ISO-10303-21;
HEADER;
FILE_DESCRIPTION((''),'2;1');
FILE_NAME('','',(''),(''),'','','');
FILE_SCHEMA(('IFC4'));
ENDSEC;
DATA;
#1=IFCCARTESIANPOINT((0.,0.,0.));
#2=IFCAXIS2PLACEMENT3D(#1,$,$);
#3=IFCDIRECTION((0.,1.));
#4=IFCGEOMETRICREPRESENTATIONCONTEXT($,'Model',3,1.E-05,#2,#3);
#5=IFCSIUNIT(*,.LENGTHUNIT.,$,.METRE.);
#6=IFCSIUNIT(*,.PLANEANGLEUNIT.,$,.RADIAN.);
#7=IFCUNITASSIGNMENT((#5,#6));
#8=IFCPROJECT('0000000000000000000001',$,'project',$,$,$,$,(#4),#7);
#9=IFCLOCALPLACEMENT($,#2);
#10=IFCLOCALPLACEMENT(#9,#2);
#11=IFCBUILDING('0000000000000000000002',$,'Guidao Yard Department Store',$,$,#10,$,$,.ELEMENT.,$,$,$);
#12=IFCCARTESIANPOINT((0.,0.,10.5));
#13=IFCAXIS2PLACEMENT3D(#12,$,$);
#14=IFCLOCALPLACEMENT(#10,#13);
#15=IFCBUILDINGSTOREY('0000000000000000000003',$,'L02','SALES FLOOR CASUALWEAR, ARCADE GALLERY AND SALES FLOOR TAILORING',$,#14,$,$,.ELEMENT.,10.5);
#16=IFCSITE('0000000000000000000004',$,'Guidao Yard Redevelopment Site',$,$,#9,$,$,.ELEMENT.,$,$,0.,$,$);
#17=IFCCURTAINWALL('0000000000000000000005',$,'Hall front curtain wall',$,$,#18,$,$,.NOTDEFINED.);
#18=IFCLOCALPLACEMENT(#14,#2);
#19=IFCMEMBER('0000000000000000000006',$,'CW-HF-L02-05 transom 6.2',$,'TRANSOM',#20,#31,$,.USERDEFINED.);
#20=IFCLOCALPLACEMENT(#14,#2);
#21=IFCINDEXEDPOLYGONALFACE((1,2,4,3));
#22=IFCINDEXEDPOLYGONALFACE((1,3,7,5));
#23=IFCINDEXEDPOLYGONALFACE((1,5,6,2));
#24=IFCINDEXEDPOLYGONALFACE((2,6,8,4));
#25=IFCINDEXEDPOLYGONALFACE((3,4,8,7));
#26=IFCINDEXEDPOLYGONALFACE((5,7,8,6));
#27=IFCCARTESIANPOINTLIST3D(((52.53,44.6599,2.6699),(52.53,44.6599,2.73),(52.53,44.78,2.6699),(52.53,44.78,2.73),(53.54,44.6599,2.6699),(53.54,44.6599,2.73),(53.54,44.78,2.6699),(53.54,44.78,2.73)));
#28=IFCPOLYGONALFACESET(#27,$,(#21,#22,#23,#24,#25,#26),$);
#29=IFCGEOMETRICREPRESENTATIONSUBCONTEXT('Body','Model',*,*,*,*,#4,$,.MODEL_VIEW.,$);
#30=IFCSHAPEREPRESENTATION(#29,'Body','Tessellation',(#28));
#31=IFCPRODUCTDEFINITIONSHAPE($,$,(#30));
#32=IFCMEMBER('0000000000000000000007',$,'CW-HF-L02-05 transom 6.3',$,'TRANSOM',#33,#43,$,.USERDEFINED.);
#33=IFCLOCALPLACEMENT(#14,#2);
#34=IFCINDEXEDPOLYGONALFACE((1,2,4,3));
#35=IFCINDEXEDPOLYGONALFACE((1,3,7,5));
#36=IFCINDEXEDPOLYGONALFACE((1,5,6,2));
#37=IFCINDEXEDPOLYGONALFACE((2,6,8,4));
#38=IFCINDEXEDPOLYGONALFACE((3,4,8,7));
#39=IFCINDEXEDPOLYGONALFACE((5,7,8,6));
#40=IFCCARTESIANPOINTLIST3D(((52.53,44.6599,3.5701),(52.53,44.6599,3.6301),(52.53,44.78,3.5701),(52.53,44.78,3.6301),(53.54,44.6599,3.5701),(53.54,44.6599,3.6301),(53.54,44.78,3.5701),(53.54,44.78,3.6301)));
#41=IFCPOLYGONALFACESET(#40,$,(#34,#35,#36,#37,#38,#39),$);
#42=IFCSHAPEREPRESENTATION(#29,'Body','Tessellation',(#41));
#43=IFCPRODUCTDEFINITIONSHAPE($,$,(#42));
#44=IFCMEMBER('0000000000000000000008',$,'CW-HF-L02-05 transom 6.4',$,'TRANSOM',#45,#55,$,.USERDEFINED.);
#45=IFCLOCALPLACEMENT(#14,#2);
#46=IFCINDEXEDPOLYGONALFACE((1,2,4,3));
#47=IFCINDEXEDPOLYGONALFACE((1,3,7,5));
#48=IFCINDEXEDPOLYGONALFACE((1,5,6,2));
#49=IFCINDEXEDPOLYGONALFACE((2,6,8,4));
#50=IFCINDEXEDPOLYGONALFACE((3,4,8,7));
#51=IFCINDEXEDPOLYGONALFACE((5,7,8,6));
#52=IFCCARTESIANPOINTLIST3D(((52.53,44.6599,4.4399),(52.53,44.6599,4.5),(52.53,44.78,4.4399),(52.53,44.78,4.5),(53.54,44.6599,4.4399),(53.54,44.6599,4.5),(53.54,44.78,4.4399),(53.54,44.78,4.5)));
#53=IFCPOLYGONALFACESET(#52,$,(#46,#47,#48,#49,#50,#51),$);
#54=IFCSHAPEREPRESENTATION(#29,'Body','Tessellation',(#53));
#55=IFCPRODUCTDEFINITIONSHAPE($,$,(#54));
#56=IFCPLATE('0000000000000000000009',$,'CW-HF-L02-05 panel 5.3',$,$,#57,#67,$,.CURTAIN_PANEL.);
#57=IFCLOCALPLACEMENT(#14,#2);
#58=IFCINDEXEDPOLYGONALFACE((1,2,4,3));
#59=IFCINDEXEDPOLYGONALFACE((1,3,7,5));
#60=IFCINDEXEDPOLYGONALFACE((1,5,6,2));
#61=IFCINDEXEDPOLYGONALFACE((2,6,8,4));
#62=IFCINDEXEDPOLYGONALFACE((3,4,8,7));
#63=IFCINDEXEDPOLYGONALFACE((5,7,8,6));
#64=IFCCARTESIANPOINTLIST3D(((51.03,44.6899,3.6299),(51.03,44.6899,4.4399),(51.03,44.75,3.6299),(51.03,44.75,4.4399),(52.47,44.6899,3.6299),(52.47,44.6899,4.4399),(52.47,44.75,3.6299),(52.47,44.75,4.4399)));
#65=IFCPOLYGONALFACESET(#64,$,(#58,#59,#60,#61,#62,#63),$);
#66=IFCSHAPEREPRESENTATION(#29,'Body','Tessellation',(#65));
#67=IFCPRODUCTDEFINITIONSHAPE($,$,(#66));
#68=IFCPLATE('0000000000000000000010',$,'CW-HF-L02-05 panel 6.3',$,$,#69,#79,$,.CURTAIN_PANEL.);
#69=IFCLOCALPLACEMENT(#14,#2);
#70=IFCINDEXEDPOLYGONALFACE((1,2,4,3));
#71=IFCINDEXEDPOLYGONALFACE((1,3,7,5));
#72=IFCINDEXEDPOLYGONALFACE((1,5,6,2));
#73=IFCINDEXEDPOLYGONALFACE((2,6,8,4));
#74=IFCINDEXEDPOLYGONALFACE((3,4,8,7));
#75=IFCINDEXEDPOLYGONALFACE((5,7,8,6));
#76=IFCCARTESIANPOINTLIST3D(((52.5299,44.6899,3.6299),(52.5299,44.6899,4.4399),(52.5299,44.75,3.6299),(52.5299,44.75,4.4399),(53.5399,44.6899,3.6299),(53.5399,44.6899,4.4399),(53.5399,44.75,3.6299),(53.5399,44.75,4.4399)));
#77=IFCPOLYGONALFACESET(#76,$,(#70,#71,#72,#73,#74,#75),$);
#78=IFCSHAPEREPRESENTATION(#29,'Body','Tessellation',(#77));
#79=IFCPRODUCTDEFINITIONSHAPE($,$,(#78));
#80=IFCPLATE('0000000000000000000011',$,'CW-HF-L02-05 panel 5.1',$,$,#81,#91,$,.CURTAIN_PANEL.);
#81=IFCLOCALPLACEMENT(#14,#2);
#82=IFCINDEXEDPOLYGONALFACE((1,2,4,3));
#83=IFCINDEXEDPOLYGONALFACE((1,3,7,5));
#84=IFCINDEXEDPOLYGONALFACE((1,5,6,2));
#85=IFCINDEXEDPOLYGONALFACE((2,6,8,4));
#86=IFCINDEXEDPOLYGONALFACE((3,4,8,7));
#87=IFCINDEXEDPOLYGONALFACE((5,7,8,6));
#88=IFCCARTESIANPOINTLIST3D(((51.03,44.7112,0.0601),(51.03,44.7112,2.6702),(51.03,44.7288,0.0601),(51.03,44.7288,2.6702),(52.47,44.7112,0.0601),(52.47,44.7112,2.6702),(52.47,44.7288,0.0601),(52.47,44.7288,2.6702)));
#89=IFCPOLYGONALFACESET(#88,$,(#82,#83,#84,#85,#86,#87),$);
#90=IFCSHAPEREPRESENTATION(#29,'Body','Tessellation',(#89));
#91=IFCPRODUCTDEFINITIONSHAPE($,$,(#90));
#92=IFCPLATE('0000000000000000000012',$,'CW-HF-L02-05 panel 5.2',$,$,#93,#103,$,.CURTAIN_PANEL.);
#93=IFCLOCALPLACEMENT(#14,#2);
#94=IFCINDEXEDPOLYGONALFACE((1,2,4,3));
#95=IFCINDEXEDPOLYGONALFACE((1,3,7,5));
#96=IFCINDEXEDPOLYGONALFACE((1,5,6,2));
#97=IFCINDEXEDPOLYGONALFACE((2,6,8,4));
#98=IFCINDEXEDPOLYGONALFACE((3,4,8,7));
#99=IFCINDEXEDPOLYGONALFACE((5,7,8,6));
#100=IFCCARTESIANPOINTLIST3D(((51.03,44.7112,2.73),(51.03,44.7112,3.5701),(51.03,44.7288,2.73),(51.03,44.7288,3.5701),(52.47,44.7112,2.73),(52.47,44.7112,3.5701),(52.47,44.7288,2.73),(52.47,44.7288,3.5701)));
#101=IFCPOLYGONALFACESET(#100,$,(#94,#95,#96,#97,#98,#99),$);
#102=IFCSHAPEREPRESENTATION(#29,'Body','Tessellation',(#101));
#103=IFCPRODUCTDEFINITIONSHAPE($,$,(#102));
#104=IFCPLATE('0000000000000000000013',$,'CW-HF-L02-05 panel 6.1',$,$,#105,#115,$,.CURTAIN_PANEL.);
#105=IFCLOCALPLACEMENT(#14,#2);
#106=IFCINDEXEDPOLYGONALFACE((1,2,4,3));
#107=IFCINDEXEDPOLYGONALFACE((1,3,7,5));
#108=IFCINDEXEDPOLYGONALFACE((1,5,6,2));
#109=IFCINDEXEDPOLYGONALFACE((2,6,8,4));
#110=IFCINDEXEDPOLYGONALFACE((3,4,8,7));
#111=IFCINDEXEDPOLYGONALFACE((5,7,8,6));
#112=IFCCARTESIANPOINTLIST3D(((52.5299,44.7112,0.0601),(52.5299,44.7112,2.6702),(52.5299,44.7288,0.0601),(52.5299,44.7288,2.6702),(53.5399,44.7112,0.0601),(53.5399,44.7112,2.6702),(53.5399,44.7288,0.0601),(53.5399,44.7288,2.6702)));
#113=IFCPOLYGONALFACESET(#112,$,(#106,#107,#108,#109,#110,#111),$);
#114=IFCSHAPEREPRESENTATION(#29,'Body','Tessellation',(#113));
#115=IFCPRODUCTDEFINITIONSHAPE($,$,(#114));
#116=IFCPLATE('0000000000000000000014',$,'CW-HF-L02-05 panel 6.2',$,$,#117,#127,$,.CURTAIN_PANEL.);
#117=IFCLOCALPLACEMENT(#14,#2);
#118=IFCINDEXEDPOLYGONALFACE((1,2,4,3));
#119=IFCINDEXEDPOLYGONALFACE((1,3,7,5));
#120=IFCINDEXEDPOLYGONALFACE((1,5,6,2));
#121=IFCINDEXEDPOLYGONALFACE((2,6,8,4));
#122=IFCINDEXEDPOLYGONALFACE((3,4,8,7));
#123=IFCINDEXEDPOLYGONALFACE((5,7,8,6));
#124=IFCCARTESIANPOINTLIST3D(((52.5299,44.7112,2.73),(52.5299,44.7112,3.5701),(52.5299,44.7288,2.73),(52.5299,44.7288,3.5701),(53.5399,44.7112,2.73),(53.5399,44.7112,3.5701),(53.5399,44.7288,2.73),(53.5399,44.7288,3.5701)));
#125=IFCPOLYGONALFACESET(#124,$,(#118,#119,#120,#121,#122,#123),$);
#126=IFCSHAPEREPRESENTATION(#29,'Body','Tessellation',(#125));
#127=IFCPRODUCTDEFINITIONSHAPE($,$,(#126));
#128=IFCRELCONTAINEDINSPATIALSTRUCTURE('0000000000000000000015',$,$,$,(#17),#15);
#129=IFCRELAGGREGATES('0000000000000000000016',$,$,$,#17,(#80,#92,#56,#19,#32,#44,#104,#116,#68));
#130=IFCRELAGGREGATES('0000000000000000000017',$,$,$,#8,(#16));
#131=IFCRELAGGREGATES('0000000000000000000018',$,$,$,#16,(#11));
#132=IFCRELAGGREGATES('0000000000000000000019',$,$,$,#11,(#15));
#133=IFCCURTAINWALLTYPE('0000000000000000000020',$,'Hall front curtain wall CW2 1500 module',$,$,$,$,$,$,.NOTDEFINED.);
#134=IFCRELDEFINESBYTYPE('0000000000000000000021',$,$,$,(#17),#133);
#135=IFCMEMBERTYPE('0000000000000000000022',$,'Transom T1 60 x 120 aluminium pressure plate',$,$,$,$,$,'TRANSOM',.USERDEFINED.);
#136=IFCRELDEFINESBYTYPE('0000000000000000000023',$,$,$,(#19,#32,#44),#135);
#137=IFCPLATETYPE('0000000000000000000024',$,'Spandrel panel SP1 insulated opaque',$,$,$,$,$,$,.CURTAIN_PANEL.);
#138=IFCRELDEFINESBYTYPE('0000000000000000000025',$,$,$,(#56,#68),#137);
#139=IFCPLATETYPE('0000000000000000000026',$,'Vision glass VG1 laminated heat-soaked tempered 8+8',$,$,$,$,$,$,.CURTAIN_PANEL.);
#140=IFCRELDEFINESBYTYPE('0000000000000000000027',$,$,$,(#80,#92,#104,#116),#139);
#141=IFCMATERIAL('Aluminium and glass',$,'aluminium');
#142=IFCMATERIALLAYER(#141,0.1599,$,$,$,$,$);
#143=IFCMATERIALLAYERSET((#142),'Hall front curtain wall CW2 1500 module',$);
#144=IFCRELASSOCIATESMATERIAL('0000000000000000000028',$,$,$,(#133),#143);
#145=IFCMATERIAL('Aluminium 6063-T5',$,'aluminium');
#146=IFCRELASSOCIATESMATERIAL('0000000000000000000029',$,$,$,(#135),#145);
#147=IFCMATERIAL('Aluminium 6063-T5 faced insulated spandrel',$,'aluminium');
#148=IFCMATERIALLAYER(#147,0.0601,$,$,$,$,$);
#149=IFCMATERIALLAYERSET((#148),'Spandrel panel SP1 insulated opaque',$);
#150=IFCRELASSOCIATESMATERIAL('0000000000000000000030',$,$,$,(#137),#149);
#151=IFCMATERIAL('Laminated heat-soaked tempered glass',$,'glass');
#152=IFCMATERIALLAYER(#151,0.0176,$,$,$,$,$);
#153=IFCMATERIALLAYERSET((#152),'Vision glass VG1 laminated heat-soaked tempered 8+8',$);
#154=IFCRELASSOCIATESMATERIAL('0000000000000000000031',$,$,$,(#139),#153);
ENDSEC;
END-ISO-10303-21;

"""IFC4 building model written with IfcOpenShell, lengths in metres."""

from ifc_helpers import new_model, si_unit, direction, frame, origin, origin_2d, place, context, subcontext, project, spatial, rectangle, extrude, material, layer, layer_set, material_profile, profile_set, type_object, element, aggregate, save


model = new_model("IFC4")

# Units and contexts
model_context = context("Model", 3, precision=1e-05, world=origin(), true_north=direction((0.0, 1.0)))
body_context = subcontext(model_context, "Body", "Model", "MODEL_VIEW")
ifc_project = project(units=[si_unit("LENGTHUNIT", "METRE"), si_unit("PLANEANGLEUNIT", "RADIAN")], contexts=[model_context])

# Site, building, storey
site_placement = place(None, origin())
site = spatial("IfcSite", under=ifc_project, at=site_placement, Name="Guidao Yard Redevelopment Site", CompositionType="ELEMENT", RefElevation=0.0)
building_placement = place(site_placement, origin())
building = spatial("IfcBuilding", under=site, at=building_placement, Name="Guidao Yard Department Store", CompositionType="ELEMENT")
storey_placement = place(building_placement, frame((0.0, 0.0, 10.5)))
storey = spatial("IfcBuildingStorey", under=building, at=storey_placement, Name="L02", Description="SALES FLOOR CASUALWEAR, ARCADE GALLERY AND SALES FLOOR TAILORING", CompositionType="ELEMENT", Elevation=10.5)

# Curtain wall
ifc_material_1 = material(Name="Aluminium and glass", Category="aluminium")
ifc_layer_1 = layer(ifc_material_1, 0.1599)
ifc_layer_set_1 = layer_set([ifc_layer_1], Name="Hall front curtain wall CW2 1500 module")
curtain_wall_type = type_object("IfcCurtainWallType", Name="Hall front curtain wall CW2 1500 module", PredefinedType="NOTDEFINED", material=ifc_layer_set_1)
curtain_wall_placement = place(storey_placement, origin())
curtain_wall = element("IfcCurtainWall", 1, at=curtain_wall_placement, inside=storey, type_object=curtain_wall_type, Name="Hall front curtain wall", PredefinedType="NOTDEFINED")

# Members
ifc_material_2 = material(Name="Aluminium 6063-T5", Category="aluminium")
ifc_material_profile_1 = material_profile(ifc_material_2, rectangle(XDim=0.1201, YDim=0.0601, at=origin_2d()), Name="Transom T1 60 x 120 aluminium pressure plate")
ifc_profile_set_1 = profile_set([ifc_material_profile_1], Name="Aluminium 6063-T5")
member_type_1 = type_object("IfcMemberType", Name="Transom T1 60 x 120 aluminium pressure plate", ElementType="TRANSOM", PredefinedType="USERDEFINED", material=ifc_profile_set_1)
member_1_placement = place(storey_placement, frame((53.54, 44.72, 2.7), z_axis=(-1.0, 0.0, 0.0), x_axis=(0.0, -1.0, 0.0)))
member_1 = element("IfcMember", 2, at=member_1_placement, type_object=member_type_1, Name="CW-HF-L02-05 transom 6.2", ObjectType="TRANSOM", PredefinedType="USERDEFINED", context=body_context, shape_type="SweptSolid", body=[
    extrude(rectangle(XDim=0.1201, YDim=0.0601, at=origin_2d()), origin(), (0.0, 0.0, 1.0), 1.01),
])
member_2_placement = place(storey_placement, frame((53.54, 44.72, 3.6001), z_axis=(-1.0, 0.0, 0.0), x_axis=(0.0, -1.0, 0.0)))
member_2 = element("IfcMember", 3, at=member_2_placement, type_object=member_type_1, Name="CW-HF-L02-05 transom 6.3", ObjectType="TRANSOM", PredefinedType="USERDEFINED", context=body_context, shape_type="SweptSolid", body=[
    extrude(rectangle(XDim=0.1201, YDim=0.0601, at=origin_2d()), origin(), (0.0, 0.0, 1.0), 1.01),
])
member_3_placement = place(storey_placement, frame((53.54, 44.72, 4.47), z_axis=(-1.0, 0.0, 0.0), x_axis=(0.0, -1.0, 0.0)))
member_3 = element("IfcMember", 4, at=member_3_placement, type_object=member_type_1, Name="CW-HF-L02-05 transom 6.4", ObjectType="TRANSOM", PredefinedType="USERDEFINED", context=body_context, shape_type="SweptSolid", body=[
    extrude(rectangle(XDim=0.1201, YDim=0.0601, at=origin_2d()), origin(), (0.0, 0.0, 1.0), 1.01),
])

# Plates
ifc_material_3 = material(Name="Aluminium 6063-T5 faced insulated spandrel", Category="aluminium")
ifc_layer_2 = layer(ifc_material_3, 0.0601)
ifc_layer_set_2 = layer_set([ifc_layer_2], Name="Spandrel panel SP1 insulated opaque")
plate_type_1 = type_object("IfcPlateType", Name="Spandrel panel SP1 insulated opaque", PredefinedType="CURTAIN_PANEL", material=ifc_layer_set_2)
plate_1_placement = place(storey_placement, frame((51.75, 44.72, 3.6299), z_axis=(0.0, 0.0, 1.0), x_axis=(-1.0, 0.0, 0.0)))
plate_1 = element("IfcPlate", 5, at=plate_1_placement, type_object=plate_type_1, Name="CW-HF-L02-05 panel 5.3", PredefinedType="CURTAIN_PANEL", context=body_context, shape_type="SweptSolid", body=[
    extrude(rectangle(XDim=1.4399, YDim=0.0601, at=origin_2d()), origin(), (0.0, 0.0, 1.0), 0.8101),
])
plate_2_placement = place(storey_placement, frame((53.0349, 44.72, 3.6299), z_axis=(0.0, 0.0, 1.0), x_axis=(-1.0, 0.0, 0.0)))
plate_2 = element("IfcPlate", 6, at=plate_2_placement, type_object=plate_type_1, Name="CW-HF-L02-05 panel 6.3", PredefinedType="CURTAIN_PANEL", context=body_context, shape_type="SweptSolid", body=[
    extrude(rectangle(XDim=1.01, YDim=0.0601, at=origin_2d()), origin(), (0.0, 0.0, 1.0), 0.8101),
])
ifc_material_4 = material(Name="Laminated heat-soaked tempered glass", Category="glass")
ifc_layer_3 = layer(ifc_material_4, 0.0176)
ifc_layer_set_3 = layer_set([ifc_layer_3], Name="Vision glass VG1 laminated heat-soaked tempered 8+8")
plate_type_2 = type_object("IfcPlateType", Name="Vision glass VG1 laminated heat-soaked tempered 8+8", PredefinedType="CURTAIN_PANEL", material=ifc_layer_set_3)
plate_3_placement = place(storey_placement, frame((51.75, 44.72, 0.0601), z_axis=(0.0, 0.0, 1.0), x_axis=(-1.0, 0.0, 0.0)))
plate_3 = element("IfcPlate", 7, at=plate_3_placement, type_object=plate_type_2, Name="CW-HF-L02-05 panel 5.1", PredefinedType="CURTAIN_PANEL", context=body_context, shape_type="SweptSolid", body=[
    extrude(rectangle(XDim=1.4399, YDim=0.0176, at=origin_2d()), origin(), (0.0, 0.0, 1.0), 2.6101),
])
plate_4_placement = place(storey_placement, frame((51.75, 44.72, 2.73), z_axis=(0.0, 0.0, 1.0), x_axis=(-1.0, 0.0, 0.0)))
plate_4 = element("IfcPlate", 8, at=plate_4_placement, type_object=plate_type_2, Name="CW-HF-L02-05 panel 5.2", PredefinedType="CURTAIN_PANEL", context=body_context, shape_type="SweptSolid", body=[
    extrude(rectangle(XDim=1.4399, YDim=0.0176, at=origin_2d()), origin(), (0.0, 0.0, 1.0), 0.8401),
])
plate_5_placement = place(storey_placement, frame((53.0349, 44.72, 0.0601), z_axis=(0.0, 0.0, 1.0), x_axis=(-1.0, 0.0, 0.0)))
plate_5 = element("IfcPlate", 9, at=plate_5_placement, type_object=plate_type_2, Name="CW-HF-L02-05 panel 6.1", PredefinedType="CURTAIN_PANEL", context=body_context, shape_type="SweptSolid", body=[
    extrude(rectangle(XDim=1.01, YDim=0.0176, at=origin_2d()), origin(), (0.0, 0.0, 1.0), 2.6101),
])
plate_6_placement = place(storey_placement, frame((53.0349, 44.72, 2.73), z_axis=(0.0, 0.0, 1.0), x_axis=(-1.0, 0.0, 0.0)))
plate_6 = element("IfcPlate", 10, at=plate_6_placement, type_object=plate_type_2, Name="CW-HF-L02-05 panel 6.2", PredefinedType="CURTAIN_PANEL", context=body_context, shape_type="SweptSolid", body=[
    extrude(rectangle(XDim=1.01, YDim=0.0176, at=origin_2d()), origin(), (0.0, 0.0, 1.0), 0.8401),
])
aggregate(curtain_wall, [plate_3, plate_4, plate_1, member_1, member_2, member_3, plate_5, plate_6, plate_2])

save(model, "model.ifc")
